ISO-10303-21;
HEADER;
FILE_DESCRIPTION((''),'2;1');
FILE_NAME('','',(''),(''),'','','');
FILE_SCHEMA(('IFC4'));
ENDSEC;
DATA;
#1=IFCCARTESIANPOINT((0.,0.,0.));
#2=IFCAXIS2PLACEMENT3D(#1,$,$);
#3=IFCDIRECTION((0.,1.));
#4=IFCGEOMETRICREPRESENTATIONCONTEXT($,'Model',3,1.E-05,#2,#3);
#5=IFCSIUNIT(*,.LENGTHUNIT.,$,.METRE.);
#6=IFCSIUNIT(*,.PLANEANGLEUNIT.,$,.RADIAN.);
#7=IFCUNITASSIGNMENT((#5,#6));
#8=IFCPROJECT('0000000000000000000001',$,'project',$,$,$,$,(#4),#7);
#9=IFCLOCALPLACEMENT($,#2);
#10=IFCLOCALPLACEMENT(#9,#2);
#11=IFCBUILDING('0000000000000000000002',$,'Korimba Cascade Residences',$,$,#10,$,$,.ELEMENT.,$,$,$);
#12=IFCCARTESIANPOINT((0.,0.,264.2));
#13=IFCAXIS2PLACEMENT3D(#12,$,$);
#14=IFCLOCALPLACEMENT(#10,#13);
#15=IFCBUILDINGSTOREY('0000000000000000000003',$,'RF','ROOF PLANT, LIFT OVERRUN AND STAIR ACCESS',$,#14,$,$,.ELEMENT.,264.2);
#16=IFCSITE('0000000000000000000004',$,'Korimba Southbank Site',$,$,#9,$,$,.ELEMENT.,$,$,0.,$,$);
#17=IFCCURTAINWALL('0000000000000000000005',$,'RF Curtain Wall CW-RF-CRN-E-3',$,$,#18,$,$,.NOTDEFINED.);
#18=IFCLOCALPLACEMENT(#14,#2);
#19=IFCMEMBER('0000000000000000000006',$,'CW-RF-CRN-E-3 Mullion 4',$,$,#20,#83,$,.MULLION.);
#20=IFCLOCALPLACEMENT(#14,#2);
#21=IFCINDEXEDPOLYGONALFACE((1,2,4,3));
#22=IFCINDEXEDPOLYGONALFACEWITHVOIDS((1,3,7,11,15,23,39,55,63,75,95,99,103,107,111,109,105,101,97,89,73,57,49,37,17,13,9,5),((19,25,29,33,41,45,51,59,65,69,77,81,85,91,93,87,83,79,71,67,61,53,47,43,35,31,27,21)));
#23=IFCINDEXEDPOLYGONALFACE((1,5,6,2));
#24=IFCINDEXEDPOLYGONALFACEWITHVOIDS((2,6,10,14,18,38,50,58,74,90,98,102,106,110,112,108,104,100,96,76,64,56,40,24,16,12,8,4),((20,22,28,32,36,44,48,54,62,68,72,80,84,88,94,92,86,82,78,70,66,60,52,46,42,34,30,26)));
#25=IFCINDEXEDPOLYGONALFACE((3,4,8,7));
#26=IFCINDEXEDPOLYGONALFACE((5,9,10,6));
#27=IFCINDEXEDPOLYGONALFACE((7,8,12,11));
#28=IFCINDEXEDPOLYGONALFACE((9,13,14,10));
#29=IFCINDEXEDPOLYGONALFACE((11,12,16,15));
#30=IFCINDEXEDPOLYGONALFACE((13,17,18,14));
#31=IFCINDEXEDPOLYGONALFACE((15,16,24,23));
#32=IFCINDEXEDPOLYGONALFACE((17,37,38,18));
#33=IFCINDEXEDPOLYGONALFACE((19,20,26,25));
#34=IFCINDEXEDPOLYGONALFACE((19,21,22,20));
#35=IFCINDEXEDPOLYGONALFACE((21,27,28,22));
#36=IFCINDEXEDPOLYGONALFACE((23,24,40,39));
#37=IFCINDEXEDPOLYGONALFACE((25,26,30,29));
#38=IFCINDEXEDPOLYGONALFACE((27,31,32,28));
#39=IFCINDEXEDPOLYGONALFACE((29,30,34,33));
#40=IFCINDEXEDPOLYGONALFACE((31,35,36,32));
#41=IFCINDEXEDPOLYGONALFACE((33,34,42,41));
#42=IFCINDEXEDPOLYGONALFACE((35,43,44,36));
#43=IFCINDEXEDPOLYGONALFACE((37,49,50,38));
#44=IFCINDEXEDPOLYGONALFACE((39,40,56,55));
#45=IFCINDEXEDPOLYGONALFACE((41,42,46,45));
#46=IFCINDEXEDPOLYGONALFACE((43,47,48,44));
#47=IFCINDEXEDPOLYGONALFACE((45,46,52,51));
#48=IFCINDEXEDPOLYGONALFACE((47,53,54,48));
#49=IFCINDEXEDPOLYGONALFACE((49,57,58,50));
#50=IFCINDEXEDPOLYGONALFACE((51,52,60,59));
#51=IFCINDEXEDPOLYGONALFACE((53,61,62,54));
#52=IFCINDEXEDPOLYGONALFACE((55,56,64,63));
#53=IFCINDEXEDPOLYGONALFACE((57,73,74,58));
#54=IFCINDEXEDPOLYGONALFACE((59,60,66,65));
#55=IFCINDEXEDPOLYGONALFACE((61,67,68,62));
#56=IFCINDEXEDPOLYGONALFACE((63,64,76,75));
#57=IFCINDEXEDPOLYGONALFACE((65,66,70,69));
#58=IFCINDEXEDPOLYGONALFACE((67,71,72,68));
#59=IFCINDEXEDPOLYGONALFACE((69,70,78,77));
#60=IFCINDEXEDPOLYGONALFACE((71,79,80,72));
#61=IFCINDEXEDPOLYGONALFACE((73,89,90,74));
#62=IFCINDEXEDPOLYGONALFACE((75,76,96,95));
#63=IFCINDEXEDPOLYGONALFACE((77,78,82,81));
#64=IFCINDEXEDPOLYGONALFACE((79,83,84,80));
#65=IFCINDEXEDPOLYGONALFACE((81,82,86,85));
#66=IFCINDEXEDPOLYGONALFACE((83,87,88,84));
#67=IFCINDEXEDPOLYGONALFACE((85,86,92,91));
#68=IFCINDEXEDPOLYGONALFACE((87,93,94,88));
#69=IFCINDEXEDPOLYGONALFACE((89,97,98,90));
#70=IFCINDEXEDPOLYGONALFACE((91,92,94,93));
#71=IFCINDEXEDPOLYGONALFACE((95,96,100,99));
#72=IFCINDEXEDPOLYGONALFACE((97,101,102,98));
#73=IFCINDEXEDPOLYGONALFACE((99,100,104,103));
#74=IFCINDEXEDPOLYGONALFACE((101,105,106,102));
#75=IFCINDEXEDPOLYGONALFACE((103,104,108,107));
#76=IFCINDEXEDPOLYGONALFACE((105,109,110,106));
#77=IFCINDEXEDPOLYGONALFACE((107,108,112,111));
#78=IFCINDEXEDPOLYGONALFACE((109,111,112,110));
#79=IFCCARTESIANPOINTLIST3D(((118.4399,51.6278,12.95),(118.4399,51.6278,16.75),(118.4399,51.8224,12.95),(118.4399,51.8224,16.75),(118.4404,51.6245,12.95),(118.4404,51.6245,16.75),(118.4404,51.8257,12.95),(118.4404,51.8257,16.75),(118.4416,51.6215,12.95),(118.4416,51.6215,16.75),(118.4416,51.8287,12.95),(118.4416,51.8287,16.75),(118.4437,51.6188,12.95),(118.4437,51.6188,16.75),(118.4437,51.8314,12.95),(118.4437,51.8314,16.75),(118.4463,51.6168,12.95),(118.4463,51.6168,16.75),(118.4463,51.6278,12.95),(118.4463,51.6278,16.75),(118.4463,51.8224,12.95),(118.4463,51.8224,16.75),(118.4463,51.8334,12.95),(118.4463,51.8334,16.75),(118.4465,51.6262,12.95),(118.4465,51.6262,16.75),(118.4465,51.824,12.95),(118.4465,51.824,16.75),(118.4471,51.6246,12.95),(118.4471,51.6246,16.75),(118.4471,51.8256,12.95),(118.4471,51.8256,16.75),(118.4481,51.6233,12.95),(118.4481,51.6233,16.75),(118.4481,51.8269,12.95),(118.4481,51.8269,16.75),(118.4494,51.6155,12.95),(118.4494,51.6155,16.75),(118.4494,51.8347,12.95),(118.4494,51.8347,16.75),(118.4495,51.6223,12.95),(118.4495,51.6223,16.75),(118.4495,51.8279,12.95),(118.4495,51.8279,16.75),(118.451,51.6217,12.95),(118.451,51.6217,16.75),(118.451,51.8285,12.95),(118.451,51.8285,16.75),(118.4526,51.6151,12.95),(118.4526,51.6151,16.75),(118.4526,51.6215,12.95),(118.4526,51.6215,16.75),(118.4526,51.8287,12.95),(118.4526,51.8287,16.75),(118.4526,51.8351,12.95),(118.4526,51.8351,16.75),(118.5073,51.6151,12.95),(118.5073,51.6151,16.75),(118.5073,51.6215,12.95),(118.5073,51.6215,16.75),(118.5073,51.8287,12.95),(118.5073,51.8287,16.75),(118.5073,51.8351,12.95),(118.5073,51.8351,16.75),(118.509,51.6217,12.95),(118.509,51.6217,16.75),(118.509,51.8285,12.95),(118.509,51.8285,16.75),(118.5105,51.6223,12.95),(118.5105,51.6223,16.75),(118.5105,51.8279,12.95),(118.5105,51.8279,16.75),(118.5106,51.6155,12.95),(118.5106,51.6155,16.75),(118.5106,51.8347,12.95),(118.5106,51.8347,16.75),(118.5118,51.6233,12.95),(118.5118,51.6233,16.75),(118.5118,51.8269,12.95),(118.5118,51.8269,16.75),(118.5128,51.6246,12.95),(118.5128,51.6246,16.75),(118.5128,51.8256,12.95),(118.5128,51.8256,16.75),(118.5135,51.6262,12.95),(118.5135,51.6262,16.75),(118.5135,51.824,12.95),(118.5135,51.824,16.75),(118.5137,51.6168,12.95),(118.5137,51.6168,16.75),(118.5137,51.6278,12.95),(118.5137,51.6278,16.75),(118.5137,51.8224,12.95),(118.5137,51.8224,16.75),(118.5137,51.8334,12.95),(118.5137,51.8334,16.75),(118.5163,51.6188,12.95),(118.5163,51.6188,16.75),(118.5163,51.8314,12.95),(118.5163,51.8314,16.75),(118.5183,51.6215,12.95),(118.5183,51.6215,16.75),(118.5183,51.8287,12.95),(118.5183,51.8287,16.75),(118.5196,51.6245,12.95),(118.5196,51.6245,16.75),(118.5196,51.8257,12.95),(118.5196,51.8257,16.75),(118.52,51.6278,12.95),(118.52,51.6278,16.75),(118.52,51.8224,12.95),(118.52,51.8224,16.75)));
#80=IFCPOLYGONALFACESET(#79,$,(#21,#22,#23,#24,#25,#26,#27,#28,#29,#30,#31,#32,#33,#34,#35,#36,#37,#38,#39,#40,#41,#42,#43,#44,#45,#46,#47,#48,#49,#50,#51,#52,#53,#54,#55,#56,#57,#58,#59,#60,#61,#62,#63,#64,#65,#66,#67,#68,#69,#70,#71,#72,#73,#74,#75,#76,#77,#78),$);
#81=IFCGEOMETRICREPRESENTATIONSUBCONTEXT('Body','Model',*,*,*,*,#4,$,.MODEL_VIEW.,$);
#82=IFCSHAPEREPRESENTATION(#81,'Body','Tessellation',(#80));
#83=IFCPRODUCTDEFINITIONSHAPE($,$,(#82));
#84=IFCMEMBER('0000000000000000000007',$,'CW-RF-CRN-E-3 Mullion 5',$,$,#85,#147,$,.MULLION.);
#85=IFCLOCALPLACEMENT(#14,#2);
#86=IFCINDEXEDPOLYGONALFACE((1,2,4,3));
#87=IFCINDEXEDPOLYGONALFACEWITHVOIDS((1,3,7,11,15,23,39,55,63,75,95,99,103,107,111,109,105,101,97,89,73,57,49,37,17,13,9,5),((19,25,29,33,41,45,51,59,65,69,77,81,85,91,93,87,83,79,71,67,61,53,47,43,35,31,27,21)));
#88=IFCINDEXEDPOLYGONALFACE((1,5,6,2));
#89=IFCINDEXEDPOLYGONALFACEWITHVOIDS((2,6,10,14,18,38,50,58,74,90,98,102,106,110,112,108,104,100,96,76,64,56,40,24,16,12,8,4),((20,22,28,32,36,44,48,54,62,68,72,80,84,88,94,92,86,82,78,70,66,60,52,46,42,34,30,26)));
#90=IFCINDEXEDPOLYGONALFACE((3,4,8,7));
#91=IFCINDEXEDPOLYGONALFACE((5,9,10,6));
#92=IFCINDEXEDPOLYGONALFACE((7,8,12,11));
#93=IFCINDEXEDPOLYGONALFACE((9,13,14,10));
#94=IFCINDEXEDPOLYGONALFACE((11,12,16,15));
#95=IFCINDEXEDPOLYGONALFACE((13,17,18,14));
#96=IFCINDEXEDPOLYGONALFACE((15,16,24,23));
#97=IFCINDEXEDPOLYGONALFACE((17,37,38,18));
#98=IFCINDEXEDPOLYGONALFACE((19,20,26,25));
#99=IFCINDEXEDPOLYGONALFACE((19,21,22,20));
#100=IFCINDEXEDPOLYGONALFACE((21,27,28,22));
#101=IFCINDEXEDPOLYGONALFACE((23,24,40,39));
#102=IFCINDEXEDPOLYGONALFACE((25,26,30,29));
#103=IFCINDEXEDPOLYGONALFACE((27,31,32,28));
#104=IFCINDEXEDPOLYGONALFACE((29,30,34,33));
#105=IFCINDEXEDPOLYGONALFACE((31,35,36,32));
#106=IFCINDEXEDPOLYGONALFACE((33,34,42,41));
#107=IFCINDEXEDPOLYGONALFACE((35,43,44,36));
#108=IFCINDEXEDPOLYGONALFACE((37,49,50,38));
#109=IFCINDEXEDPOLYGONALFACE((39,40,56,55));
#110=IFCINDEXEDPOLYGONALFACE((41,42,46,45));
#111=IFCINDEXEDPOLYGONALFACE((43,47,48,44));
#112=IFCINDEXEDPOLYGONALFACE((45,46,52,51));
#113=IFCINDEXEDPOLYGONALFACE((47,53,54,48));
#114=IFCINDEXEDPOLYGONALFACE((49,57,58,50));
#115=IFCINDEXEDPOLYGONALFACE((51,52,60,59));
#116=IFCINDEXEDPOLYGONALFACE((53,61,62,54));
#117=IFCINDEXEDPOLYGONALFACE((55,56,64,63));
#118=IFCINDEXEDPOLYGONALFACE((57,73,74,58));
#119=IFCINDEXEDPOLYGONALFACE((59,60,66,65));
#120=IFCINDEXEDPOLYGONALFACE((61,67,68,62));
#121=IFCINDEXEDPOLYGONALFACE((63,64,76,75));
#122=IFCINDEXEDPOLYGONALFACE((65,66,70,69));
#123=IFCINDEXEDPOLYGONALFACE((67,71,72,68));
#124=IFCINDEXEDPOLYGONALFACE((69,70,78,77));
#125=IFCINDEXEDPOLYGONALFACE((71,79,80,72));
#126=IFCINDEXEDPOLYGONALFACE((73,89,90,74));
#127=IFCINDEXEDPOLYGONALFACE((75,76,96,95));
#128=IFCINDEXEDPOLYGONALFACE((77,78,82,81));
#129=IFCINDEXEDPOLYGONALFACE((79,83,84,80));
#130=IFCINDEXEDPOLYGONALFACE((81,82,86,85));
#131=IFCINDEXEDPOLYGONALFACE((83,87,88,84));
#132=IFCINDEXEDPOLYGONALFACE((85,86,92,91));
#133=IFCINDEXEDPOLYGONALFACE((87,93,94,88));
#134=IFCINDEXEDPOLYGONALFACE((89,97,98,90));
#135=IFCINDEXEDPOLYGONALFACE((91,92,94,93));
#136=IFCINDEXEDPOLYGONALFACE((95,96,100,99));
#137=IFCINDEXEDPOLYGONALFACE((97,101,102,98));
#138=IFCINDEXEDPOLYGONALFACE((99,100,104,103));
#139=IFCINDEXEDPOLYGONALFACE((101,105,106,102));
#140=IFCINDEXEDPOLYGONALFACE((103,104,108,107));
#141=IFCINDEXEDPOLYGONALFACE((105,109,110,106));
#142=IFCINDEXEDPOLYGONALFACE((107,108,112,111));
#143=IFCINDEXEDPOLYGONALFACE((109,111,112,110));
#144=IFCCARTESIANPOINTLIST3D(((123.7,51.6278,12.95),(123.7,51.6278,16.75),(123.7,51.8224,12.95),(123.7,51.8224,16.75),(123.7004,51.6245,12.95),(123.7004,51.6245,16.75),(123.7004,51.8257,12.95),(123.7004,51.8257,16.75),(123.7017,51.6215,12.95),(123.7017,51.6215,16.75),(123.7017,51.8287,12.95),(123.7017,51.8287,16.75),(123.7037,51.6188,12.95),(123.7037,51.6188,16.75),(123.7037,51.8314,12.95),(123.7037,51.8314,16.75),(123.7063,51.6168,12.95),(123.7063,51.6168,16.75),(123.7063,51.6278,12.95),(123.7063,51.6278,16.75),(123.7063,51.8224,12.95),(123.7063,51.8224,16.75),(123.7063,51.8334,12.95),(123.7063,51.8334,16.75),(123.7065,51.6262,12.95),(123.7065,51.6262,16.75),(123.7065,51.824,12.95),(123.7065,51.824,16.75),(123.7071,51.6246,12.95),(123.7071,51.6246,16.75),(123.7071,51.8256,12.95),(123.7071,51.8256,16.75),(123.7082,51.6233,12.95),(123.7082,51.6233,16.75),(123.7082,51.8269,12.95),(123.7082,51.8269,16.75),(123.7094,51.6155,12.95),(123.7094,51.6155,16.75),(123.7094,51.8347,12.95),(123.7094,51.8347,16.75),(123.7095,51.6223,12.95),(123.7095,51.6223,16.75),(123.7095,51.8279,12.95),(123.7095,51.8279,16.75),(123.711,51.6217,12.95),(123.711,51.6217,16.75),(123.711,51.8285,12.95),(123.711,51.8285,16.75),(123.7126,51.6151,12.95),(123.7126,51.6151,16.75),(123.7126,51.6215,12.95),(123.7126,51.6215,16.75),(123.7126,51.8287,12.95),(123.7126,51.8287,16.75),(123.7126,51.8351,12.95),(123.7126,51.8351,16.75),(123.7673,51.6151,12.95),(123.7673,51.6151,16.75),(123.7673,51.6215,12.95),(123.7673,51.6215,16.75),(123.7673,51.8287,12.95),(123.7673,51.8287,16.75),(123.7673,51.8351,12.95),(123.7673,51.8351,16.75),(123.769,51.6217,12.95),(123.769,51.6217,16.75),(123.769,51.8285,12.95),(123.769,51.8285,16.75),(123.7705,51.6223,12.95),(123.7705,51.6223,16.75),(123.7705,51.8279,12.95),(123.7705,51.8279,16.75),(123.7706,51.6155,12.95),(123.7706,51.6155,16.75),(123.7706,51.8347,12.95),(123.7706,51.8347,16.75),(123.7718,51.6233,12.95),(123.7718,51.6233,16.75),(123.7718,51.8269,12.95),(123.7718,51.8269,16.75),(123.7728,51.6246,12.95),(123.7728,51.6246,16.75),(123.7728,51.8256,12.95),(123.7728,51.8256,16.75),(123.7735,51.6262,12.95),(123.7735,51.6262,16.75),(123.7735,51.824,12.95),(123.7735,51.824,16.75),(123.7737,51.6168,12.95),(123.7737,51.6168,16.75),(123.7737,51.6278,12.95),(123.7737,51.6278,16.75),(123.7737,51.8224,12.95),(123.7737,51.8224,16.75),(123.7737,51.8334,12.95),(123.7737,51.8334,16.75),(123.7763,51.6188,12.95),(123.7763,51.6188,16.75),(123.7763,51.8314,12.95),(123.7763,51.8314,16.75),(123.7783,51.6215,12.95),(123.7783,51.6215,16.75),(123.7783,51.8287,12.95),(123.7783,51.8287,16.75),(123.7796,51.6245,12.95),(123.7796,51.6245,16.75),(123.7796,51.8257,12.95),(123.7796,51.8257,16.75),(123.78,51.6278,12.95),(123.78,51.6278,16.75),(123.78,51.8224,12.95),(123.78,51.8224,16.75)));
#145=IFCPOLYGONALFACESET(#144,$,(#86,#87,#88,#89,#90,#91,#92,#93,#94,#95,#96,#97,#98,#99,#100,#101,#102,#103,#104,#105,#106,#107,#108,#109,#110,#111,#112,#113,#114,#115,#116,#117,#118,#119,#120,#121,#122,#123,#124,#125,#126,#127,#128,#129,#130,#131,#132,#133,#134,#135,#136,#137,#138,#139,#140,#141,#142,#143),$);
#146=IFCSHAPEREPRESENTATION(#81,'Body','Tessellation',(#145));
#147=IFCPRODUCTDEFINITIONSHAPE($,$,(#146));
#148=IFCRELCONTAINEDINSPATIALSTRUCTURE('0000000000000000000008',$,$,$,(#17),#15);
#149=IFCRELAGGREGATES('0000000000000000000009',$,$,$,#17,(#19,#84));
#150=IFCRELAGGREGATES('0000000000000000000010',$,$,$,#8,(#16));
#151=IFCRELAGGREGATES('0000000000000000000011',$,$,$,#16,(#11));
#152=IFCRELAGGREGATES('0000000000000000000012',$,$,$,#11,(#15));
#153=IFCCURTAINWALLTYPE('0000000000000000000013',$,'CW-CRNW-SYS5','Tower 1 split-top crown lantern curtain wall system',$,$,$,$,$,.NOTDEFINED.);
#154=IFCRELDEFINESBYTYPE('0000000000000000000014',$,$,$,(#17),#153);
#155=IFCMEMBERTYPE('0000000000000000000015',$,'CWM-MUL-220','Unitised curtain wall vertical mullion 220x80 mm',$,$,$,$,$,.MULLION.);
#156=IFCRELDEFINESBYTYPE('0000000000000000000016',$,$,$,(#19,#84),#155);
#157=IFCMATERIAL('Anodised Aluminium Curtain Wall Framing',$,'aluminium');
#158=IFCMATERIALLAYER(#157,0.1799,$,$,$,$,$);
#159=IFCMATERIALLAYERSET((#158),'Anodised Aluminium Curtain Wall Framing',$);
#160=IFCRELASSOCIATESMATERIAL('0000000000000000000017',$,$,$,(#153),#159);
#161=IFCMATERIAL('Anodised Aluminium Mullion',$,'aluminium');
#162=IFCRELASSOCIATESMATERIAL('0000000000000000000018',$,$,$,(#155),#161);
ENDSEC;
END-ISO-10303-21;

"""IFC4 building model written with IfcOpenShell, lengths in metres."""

from ifc_helpers import new_model, si_unit, direction, frame, origin, origin_2d, place, context, subcontext, project, spatial, hollow_rectangle, extrude, material, layer, layer_set, material_profile, profile_set, type_object, element, aggregate, save


model = new_model("IFC4")

# Units and contexts
model_context = context("Model", 3, precision=1e-05, world=origin(), true_north=direction((0.0, 1.0)))
body_context = subcontext(model_context, "Body", "Model", "MODEL_VIEW")
ifc_project = project(units=[si_unit("LENGTHUNIT", "METRE"), si_unit("PLANEANGLEUNIT", "RADIAN")], contexts=[model_context])

# Site, building, storey
site_placement = place(None, origin())
site = spatial("IfcSite", under=ifc_project, at=site_placement, Name="Korimba Southbank Site", CompositionType="ELEMENT", RefElevation=0.0)
building_placement = place(site_placement, origin())
building = spatial("IfcBuilding", under=site, at=building_placement, Name="Korimba Cascade Residences", CompositionType="ELEMENT")
storey_placement = place(building_placement, frame((0.0, 0.0, 264.2)))
storey = spatial("IfcBuildingStorey", under=building, at=storey_placement, Name="RF", Description="ROOF PLANT, LIFT OVERRUN AND STAIR ACCESS", CompositionType="ELEMENT", Elevation=264.2)

# Curtain wall, members
ifc_material_1 = material(Name="Anodised Aluminium Curtain Wall Framing", Category="aluminium")
ifc_layer_1 = layer(ifc_material_1, 0.1799)
ifc_layer_set_1 = layer_set([ifc_layer_1], Name="Anodised Aluminium Curtain Wall Framing")
curtain_wall_type = type_object("IfcCurtainWallType", Name="CW-CRNW-SYS5", Description="Tower 1 split-top crown lantern curtain wall system", PredefinedType="NOTDEFINED", material=ifc_layer_set_1)
curtain_wall_placement = place(storey_placement, origin())
curtain_wall = element("IfcCurtainWall", 1, at=curtain_wall_placement, inside=storey, type_object=curtain_wall_type, Name="RF Curtain Wall CW-RF-CRN-E-3", PredefinedType="NOTDEFINED")
ifc_material_2 = material(Name="Anodised Aluminium Mullion", Category="aluminium")
ifc_material_profile_1 = material_profile(ifc_material_2, hollow_rectangle(XDim=0.0801, YDim=0.22, WallThickness=0.0063, InnerFilletRadius=0.0063, OuterFilletRadius=0.0127, at=origin_2d()), Name="Anodised Aluminium Mullion")
ifc_profile_set_1 = profile_set([ifc_material_profile_1], Name="Anodised Aluminium Mullion")
member_type_1 = type_object("IfcMemberType", Name="CWM-MUL-220", Description="Unitised curtain wall vertical mullion 220x80 mm", PredefinedType="MULLION", material=ifc_profile_set_1)
member_1_placement = place(storey_placement, frame((118.48, 51.7251, 12.95), z_axis=(0.0, 0.0, 1.0), x_axis=(1.0, 0.0, 0.0)))
member_1 = element("IfcMember", 2, at=member_1_placement, type_object=member_type_1, Name="CW-RF-CRN-E-3 Mullion 4", PredefinedType="MULLION", context=body_context, shape_type="SweptSolid", body=[
    extrude(hollow_rectangle(XDim=0.0801, YDim=0.22, WallThickness=0.0063, InnerFilletRadius=0.0063, OuterFilletRadius=0.0127, at=origin_2d()), origin(), (0.0, 0.0, 1.0), 3.8),
])
member_2_placement = place(storey_placement, frame((123.74, 51.7251, 12.95), z_axis=(0.0, 0.0, 1.0), x_axis=(1.0, 0.0, 0.0)))
member_2 = element("IfcMember", 3, at=member_2_placement, type_object=member_type_1, Name="CW-RF-CRN-E-3 Mullion 5", PredefinedType="MULLION", context=body_context, shape_type="SweptSolid", body=[
    extrude(hollow_rectangle(XDim=0.0801, YDim=0.22, WallThickness=0.0063, InnerFilletRadius=0.0063, OuterFilletRadius=0.0127, at=origin_2d()), origin(), (0.0, 0.0, 1.0), 3.8),
])

aggregate(curtain_wall, [member_1, member_2])

save(model, "model.ifc")
